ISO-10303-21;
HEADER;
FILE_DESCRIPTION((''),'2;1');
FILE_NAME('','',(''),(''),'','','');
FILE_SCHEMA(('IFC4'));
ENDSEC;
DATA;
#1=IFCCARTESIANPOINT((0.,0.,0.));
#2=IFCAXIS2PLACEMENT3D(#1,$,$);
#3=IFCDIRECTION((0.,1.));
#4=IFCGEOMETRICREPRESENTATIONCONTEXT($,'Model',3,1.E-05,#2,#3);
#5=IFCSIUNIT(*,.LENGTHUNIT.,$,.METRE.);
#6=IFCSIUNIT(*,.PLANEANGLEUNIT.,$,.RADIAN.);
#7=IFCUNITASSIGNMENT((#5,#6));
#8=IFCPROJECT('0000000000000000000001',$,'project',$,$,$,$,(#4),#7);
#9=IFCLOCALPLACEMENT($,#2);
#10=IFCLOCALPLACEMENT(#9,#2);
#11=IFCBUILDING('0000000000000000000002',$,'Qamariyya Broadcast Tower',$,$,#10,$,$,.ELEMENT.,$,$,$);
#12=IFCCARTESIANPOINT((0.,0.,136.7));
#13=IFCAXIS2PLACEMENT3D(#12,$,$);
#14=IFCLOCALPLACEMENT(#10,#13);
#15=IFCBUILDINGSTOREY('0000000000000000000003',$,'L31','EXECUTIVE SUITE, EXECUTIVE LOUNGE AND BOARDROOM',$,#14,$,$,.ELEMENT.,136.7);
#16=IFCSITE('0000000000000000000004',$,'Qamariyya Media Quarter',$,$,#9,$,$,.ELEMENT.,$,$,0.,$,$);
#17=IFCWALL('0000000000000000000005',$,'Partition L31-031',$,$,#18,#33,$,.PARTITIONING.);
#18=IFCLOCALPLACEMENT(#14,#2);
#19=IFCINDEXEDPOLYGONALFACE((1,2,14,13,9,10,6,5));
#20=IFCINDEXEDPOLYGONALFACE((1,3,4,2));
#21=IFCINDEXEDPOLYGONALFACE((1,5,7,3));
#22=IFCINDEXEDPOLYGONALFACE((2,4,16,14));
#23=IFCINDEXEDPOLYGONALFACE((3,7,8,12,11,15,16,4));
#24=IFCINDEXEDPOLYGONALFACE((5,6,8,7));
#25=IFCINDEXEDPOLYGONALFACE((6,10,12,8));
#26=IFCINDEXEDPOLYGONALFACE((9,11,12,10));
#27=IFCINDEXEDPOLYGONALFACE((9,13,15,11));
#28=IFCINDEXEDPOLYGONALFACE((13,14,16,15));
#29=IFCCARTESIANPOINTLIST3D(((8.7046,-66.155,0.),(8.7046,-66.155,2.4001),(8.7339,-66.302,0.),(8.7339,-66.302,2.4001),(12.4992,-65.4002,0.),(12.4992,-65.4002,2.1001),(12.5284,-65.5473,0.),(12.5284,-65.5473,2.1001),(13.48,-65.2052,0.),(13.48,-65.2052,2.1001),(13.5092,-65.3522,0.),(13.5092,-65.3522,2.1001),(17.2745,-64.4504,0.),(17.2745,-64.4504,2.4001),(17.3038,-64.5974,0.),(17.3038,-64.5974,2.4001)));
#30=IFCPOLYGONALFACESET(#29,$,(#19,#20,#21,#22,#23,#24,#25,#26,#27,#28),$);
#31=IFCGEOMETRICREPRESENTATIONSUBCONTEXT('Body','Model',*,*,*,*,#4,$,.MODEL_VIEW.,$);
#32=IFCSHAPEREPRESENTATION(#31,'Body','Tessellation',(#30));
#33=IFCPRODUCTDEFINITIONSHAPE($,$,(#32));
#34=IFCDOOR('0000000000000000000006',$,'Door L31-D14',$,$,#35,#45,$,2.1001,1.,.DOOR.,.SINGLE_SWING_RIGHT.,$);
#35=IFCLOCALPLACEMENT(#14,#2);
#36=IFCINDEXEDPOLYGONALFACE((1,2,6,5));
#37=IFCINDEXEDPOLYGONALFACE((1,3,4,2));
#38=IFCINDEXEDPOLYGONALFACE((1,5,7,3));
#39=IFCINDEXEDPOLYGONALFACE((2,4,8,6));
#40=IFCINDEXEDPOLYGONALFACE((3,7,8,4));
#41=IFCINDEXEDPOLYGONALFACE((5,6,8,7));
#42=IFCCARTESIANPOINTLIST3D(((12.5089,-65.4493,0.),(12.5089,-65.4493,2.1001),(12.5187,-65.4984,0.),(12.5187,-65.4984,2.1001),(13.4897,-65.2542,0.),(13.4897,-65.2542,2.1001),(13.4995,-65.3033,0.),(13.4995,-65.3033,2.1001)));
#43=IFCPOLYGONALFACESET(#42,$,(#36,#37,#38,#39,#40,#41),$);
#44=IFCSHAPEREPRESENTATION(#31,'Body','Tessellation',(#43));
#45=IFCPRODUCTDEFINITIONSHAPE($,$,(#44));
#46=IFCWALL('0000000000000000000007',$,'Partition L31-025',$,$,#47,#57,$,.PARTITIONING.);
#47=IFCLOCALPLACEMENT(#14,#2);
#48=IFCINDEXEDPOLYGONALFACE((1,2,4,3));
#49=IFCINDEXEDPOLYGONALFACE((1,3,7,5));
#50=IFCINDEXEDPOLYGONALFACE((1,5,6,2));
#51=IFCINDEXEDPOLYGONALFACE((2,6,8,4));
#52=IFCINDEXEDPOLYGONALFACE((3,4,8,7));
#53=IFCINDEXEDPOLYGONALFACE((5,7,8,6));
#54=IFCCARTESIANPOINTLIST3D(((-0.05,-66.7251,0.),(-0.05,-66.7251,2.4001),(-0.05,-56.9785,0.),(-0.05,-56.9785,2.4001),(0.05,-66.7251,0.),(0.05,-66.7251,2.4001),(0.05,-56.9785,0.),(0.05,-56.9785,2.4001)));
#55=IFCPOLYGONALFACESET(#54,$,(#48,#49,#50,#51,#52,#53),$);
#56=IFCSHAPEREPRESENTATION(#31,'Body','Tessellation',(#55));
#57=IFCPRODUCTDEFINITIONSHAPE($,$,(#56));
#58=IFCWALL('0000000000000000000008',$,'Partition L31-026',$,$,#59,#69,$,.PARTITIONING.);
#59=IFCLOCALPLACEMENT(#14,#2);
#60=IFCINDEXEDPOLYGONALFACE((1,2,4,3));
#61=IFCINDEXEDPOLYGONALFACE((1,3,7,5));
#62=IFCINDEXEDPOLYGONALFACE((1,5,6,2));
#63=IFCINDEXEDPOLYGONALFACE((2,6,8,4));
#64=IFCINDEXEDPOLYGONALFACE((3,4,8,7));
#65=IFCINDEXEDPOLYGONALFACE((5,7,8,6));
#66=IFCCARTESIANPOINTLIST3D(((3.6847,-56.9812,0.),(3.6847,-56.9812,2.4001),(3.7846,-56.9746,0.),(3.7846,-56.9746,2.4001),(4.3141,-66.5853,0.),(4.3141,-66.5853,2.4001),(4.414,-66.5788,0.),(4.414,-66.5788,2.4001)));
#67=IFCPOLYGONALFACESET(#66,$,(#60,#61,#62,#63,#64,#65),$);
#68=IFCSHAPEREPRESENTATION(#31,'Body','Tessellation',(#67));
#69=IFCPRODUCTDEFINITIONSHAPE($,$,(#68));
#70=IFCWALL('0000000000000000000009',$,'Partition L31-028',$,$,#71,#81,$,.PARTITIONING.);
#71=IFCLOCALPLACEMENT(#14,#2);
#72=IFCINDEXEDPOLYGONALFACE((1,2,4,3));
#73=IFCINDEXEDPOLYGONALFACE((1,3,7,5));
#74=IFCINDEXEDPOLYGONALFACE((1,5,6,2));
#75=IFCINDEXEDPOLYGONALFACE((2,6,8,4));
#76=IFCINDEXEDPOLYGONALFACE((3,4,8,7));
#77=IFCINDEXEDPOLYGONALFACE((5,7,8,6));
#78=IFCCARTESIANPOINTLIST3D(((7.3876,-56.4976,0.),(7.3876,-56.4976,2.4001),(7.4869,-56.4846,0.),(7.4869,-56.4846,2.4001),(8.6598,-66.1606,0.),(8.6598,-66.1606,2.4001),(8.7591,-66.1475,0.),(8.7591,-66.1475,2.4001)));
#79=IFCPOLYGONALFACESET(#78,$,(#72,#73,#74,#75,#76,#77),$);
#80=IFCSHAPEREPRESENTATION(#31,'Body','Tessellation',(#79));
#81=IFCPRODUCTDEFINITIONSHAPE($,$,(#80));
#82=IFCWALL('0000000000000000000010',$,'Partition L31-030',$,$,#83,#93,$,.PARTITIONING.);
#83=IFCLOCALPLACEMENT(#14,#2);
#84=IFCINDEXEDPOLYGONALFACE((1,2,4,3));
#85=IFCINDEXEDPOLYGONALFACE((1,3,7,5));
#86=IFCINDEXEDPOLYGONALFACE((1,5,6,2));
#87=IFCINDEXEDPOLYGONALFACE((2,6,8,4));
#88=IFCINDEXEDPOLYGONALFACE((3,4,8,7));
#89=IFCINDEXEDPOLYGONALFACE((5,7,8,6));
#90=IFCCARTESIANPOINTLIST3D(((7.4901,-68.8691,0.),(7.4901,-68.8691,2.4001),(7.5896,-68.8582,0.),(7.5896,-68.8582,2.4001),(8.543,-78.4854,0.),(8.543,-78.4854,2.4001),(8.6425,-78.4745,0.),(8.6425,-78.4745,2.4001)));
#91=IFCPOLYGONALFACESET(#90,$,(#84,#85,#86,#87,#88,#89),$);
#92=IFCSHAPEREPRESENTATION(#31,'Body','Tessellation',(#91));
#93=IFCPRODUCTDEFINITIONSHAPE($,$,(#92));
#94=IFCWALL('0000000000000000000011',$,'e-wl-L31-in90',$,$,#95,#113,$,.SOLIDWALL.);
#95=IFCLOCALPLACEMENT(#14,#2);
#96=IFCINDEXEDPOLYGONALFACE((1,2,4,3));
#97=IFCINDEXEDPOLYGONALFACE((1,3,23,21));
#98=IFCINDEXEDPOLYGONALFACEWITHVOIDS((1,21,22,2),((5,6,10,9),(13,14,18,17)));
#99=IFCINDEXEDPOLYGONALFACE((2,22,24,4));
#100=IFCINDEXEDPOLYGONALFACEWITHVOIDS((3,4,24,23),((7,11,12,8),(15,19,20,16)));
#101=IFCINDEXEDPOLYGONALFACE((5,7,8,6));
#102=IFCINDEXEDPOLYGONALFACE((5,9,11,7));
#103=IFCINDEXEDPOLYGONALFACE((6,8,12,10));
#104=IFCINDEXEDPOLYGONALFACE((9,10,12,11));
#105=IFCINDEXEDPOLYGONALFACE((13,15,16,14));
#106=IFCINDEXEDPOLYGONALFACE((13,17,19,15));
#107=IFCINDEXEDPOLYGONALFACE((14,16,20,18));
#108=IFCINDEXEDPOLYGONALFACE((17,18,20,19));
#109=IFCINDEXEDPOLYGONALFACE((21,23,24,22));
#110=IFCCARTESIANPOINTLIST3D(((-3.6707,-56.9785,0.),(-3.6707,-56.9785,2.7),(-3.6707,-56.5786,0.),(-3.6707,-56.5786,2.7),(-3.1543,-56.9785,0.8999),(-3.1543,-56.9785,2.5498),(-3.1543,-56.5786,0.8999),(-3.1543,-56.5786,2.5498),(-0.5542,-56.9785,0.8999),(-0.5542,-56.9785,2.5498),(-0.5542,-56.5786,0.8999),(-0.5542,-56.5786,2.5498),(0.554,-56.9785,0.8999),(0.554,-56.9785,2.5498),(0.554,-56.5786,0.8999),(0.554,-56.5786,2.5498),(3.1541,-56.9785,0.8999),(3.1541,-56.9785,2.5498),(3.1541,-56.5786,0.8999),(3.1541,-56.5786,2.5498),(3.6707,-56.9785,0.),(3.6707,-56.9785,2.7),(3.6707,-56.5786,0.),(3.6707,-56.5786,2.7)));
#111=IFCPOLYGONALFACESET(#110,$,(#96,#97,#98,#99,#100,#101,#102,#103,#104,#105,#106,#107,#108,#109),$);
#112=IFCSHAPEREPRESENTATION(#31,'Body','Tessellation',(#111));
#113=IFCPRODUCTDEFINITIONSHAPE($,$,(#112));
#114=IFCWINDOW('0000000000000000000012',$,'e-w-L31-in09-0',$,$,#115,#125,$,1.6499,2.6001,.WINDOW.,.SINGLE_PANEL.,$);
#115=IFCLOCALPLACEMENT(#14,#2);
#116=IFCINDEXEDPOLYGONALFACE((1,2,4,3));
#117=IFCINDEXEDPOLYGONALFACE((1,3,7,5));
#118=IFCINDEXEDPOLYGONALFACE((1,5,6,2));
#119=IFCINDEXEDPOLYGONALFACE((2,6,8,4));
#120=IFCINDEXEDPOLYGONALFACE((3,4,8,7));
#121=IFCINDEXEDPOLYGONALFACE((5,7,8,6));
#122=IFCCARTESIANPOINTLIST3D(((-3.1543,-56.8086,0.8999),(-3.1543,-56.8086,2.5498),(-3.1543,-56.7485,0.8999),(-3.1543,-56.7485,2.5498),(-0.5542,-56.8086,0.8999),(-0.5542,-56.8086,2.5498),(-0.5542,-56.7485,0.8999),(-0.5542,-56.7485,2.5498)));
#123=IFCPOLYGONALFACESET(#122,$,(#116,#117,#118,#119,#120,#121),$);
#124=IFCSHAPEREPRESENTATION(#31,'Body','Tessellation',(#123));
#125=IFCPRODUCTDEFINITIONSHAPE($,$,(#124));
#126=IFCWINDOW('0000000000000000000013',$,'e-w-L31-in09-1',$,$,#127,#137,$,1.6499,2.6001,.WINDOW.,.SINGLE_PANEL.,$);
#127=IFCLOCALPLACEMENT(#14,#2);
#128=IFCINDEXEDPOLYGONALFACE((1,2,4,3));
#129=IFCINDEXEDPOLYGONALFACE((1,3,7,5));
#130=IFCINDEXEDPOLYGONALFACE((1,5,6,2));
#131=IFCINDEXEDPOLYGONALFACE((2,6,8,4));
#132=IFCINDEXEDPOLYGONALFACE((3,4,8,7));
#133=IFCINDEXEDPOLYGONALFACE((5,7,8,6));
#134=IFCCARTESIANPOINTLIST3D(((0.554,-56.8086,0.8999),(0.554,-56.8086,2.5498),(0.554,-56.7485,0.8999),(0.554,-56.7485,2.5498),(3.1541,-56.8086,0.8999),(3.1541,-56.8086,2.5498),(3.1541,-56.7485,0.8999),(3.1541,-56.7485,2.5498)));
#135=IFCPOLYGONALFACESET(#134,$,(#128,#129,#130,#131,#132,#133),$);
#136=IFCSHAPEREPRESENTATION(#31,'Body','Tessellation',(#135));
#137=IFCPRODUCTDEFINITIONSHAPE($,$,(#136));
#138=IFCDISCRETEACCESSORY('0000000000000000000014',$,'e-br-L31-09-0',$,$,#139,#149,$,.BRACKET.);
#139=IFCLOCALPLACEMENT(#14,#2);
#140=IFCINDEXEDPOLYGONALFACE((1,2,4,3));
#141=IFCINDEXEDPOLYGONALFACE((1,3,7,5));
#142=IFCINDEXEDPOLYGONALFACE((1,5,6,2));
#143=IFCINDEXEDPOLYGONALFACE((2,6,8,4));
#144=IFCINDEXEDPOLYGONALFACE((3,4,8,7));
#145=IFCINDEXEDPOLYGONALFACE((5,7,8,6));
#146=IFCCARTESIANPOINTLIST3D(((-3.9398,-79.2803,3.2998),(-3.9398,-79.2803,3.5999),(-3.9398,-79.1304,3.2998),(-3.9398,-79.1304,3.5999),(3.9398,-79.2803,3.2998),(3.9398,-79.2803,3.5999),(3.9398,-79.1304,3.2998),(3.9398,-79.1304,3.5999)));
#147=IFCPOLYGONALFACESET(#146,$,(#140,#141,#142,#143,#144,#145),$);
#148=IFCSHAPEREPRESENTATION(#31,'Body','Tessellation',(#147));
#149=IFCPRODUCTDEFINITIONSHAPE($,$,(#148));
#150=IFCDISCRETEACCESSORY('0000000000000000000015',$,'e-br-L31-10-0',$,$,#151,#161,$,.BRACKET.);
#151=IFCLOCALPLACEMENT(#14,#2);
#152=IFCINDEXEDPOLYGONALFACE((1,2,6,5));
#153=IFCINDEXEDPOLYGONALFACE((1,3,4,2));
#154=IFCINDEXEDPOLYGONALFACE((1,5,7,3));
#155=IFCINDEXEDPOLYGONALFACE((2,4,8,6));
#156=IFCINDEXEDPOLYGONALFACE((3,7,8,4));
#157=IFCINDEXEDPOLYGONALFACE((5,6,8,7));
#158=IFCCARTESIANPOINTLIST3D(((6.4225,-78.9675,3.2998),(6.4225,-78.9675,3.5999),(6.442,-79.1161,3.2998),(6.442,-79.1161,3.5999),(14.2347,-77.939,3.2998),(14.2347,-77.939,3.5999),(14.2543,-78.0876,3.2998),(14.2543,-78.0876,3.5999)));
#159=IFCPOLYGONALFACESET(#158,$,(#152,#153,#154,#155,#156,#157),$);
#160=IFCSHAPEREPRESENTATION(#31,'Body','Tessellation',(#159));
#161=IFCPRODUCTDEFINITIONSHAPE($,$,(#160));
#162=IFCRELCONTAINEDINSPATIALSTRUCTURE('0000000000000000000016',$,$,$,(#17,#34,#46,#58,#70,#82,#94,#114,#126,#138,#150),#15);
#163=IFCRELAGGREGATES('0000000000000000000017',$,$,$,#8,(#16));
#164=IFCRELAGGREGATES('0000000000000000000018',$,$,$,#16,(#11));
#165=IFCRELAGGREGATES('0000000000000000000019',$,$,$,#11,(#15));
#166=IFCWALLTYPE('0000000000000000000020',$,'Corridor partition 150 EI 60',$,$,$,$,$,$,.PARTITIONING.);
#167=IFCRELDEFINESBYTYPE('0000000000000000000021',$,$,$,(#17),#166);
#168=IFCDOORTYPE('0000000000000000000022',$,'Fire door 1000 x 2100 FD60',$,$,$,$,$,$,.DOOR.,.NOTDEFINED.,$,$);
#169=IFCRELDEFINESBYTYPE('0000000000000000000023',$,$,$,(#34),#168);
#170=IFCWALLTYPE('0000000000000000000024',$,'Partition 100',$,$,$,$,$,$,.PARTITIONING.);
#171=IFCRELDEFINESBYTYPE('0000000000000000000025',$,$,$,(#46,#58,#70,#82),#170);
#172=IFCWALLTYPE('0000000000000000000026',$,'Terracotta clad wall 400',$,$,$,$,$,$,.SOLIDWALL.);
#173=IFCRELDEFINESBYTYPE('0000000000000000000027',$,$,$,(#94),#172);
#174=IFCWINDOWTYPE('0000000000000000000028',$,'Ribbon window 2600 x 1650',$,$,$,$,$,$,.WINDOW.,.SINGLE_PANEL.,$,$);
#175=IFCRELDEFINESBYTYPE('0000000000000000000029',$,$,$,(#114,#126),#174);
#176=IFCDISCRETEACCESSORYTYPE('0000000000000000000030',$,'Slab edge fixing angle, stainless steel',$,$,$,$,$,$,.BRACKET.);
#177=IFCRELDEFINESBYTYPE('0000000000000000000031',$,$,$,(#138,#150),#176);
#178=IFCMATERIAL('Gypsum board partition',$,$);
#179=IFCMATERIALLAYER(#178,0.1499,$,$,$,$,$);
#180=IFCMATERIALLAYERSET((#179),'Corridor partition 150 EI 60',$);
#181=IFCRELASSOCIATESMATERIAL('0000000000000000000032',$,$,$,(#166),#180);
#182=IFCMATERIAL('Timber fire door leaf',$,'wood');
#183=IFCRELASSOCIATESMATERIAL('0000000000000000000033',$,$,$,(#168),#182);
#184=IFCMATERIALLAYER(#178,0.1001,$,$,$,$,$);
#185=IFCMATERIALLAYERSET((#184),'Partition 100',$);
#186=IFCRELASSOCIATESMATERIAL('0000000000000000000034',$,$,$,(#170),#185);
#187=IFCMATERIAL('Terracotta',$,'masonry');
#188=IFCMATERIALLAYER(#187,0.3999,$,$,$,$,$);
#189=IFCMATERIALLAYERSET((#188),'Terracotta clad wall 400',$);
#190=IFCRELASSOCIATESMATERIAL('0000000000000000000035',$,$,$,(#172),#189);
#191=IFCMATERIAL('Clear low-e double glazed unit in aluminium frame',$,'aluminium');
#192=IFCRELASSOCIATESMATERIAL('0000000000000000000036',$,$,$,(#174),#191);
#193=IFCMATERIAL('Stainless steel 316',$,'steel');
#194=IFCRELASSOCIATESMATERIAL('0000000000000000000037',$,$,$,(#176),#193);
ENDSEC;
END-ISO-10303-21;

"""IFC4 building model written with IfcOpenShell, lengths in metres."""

from ifc_helpers import new_model, si_unit, direction, frame, frame_2d, origin, origin_2d, place, context, subcontext, project, spatial, rectangle, extrude, material, layer, layer_set, type_object, element, fill, save


model = new_model("IFC4")

# Units and contexts
model_context = context("Model", 3, precision=1e-05, world=origin(), true_north=direction((0.0, 1.0)))
body_context = subcontext(model_context, "Body", "Model", "MODEL_VIEW")
ifc_project = project(units=[si_unit("LENGTHUNIT", "METRE"), si_unit("PLANEANGLEUNIT", "RADIAN")], contexts=[model_context])

# Site, building, storey
site_placement = place(None, origin())
site = spatial("IfcSite", under=ifc_project, at=site_placement, Name="Qamariyya Media Quarter", CompositionType="ELEMENT", RefElevation=0.0)
building_placement = place(site_placement, origin())
building = spatial("IfcBuilding", under=site, at=building_placement, Name="Qamariyya Broadcast Tower", CompositionType="ELEMENT")
storey_placement = place(building_placement, frame((0.0, 0.0, 136.7)))
storey = spatial("IfcBuildingStorey", under=building, at=storey_placement, Name="L31", Description="EXECUTIVE SUITE, EXECUTIVE LOUNGE AND BOARDROOM", CompositionType="ELEMENT", Elevation=136.7)

# Wall, opening, door
ifc_material_1 = material(Name="Gypsum board partition")
ifc_layer_1 = layer(ifc_material_1, 0.1499)
ifc_layer_set_1 = layer_set([ifc_layer_1], Name="Corridor partition 150 EI 60")
wall_type_1 = type_object("IfcWallType", Name="Corridor partition 150 EI 60", PredefinedType="PARTITIONING", material=ifc_layer_set_1)
ifc_material_2 = material(Name="Timber fire door leaf", Category="wood")
door_type_1 = type_object("IfcDoorType", Name="Fire door 1000 x 2100 FD60", OperationType="NOTDEFINED", PredefinedType="DOOR", material=ifc_material_2)
wall_1_placement = place(storey_placement, frame((8.7192, -66.2285, 0.0), z_axis=(0.0, 0.0, 1.0), x_axis=(0.980786, 0.195084, 0.0)))
wall_1 = element("IfcWall", 1, at=wall_1_placement, inside=storey, type_object=wall_type_1, Name="Partition L31-031", PredefinedType="PARTITIONING", context=body_context, shape_type="SweptSolid", body=[
    extrude(rectangle(XDim=8.7378, YDim=0.1499, at=frame_2d((4.3689, 0.0))), origin(), (0.0, 0.0, 1.0), 2.4001),
])
opening_1_placement = place(wall_1_placement, frame((3.8689, 0.0, 0.0)))
opening_1 = element("IfcOpeningElement", 2, at=opening_1_placement, cuts=wall_1, PredefinedType="OPENING", context=body_context, shape_type="SweptSolid", body=[
    extrude(rectangle(XDim=1.0, YDim=2.1001, at=frame_2d((0.5, 1.05))), frame((0.0, 0.085, 0.0), z_axis=(0.0, -1.0, 0.0), x_axis=(1.0, 0.0, 0.0)), (0.0, 0.0, 1.0), 0.1699),
])
door_1_placement = place(opening_1_placement, origin())
door_1 = element("IfcDoor", 3, at=door_1_placement, inside=storey, type_object=door_type_1, Name="Door L31-D14", OperationType="SINGLE_SWING_RIGHT", OverallHeight=2.1001, OverallWidth=1.0, PredefinedType="DOOR", context=body_context, shape_type="SweptSolid", body=[
    extrude(rectangle(XDim=1.0, YDim=2.1001, at=frame_2d((0.5, 1.05))), frame((0.0, 0.0249, 0.0), z_axis=(0.0, -1.0, 0.0), x_axis=(1.0, 0.0, 0.0)), (0.0, 0.0, 1.0), 0.05),
])
fill(opening_1, door_1)

# Walls
ifc_layer_2 = layer(ifc_material_1, 0.1001)
ifc_layer_set_2 = layer_set([ifc_layer_2], Name="Partition 100")
wall_type_2 = type_object("IfcWallType", Name="Partition 100", PredefinedType="PARTITIONING", material=ifc_layer_set_2)
wall_2_placement = place(storey_placement, frame((0.0, -56.9785, 0.0), z_axis=(0.0, 0.0, 1.0), x_axis=(0.0, -1.0, 0.0)))
element("IfcWall", 4, at=wall_2_placement, inside=storey, type_object=wall_type_2, Name="Partition L31-025", PredefinedType="PARTITIONING", context=body_context, shape_type="SweptSolid", body=[
    extrude(rectangle(XDim=9.7466, YDim=0.1001, at=frame_2d((4.8733, 0.0))), origin(), (0.0, 0.0, 1.0), 2.4001),
])
wall_3_placement = place(storey_placement, frame((3.7346, -56.9778, 0.0), z_axis=(0.0, 0.0, 1.0), x_axis=(0.065393, -0.99786, 0.0)))
element("IfcWall", 5, at=wall_3_placement, inside=storey, type_object=wall_type_2, Name="Partition L31-026", PredefinedType="PARTITIONING", context=body_context, shape_type="SweptSolid", body=[
    extrude(rectangle(XDim=9.6248, YDim=0.1001, at=frame_2d((4.8125, 0.0))), origin(), (0.0, 0.0, 1.0), 2.4001),
])
wall_4_placement = place(storey_placement, frame((7.4373, -56.4912, 0.0), z_axis=(0.0, 0.0, 1.0), x_axis=(0.130534, -0.991444, 0.0)))
element("IfcWall", 6, at=wall_4_placement, inside=storey, type_object=wall_type_2, Name="Partition L31-028", PredefinedType="PARTITIONING", context=body_context, shape_type="SweptSolid", body=[
    extrude(rectangle(XDim=9.7463, YDim=0.1001, at=frame_2d((4.873, 0.0))), origin(), (0.0, 0.0, 1.0), 2.4001),
])
wall_5_placement = place(storey_placement, frame((8.5928, -78.48, 0.0), z_axis=(0.0, 0.0, 1.0), x_axis=(-0.108847, 0.994059, 0.0)))
element("IfcWall", 7, at=wall_5_placement, inside=storey, type_object=wall_type_2, Name="Partition L31-030", PredefinedType="PARTITIONING", context=body_context, shape_type="SweptSolid", body=[
    extrude(rectangle(XDim=9.6738, YDim=0.1001, at=frame_2d((4.8369, 0.0))), origin(), (0.0, 0.0, 1.0), 2.4001),
])

# Wall, openings, windows
ifc_material_3 = material(Name="Terracotta", Category="masonry")
ifc_layer_3 = layer(ifc_material_3, 0.3999)
ifc_layer_set_3 = layer_set([ifc_layer_3], Name="Terracotta clad wall 400")
wall_type_3 = type_object("IfcWallType", Name="Terracotta clad wall 400", PredefinedType="SOLIDWALL", material=ifc_layer_set_3)
wall_6_placement = place(storey_placement, frame((3.6707, -56.7786, 0.0), z_axis=(0.0, 0.0, 1.0), x_axis=(-1.0, 0.0, 0.0)))
wall_6 = element("IfcWall", 8, at=wall_6_placement, inside=storey, type_object=wall_type_3, Name="e-wl-L31-in90", PredefinedType="SOLIDWALL", context=body_context, shape_type="SweptSolid", body=[
    extrude(rectangle(XDim=7.3413, YDim=0.3999, at=frame_2d((3.6707, 0.0))), origin(), (0.0, 0.0, 1.0), 2.7),
])
opening_2_placement = place(wall_6_placement, frame((4.2249, 0.0, 0.8999)))
opening_2 = element("IfcOpeningElement", 9, at=opening_2_placement, cuts=wall_6, PredefinedType="OPENING", context=body_context, shape_type="SweptSolid", body=[
    extrude(rectangle(XDim=2.6001, YDim=1.6499, at=frame_2d((1.3, 0.825))), frame((0.0, 0.21, 0.0), z_axis=(0.0, -1.0, 0.0), x_axis=(1.0, 0.0, 0.0)), (0.0, 0.0, 1.0), 0.4199),
])
opening_3_placement = place(wall_6_placement, frame((0.5166, 0.0, 0.8999)))
opening_3 = element("IfcOpeningElement", 10, at=opening_3_placement, cuts=wall_6, PredefinedType="OPENING", context=body_context, shape_type="SweptSolid", body=[
    extrude(rectangle(XDim=2.6001, YDim=1.6499, at=frame_2d((1.3, 0.825))), frame((0.0, 0.21, 0.0), z_axis=(0.0, -1.0, 0.0), x_axis=(1.0, 0.0, 0.0)), (0.0, 0.0, 1.0), 0.4199),
])
ifc_material_4 = material(Name="Clear low-e double glazed unit in aluminium frame", Category="aluminium")
window_type = type_object("IfcWindowType", Name="Ribbon window 2600 x 1650", PartitioningType="SINGLE_PANEL", PredefinedType="WINDOW", material=ifc_material_4)
window_1_placement = place(opening_2_placement, origin())
window_1 = element("IfcWindow", 11, at=window_1_placement, inside=storey, type_object=window_type, Name="e-w-L31-in09-0", OverallHeight=1.6499, OverallWidth=2.6001, PartitioningType="SINGLE_PANEL", PredefinedType="WINDOW", context=body_context, shape_type="SweptSolid", body=[
    extrude(rectangle(XDim=2.6001, YDim=1.6499, at=frame_2d((1.3, 0.825))), frame((0.0, 0.03, 0.0), z_axis=(0.0, -1.0, 0.0), x_axis=(1.0, 0.0, 0.0)), (0.0, 0.0, 1.0), 0.0601),
])
fill(opening_2, window_1)
window_2_placement = place(opening_3_placement, origin())
window_2 = element("IfcWindow", 12, at=window_2_placement, inside=storey, type_object=window_type, Name="e-w-L31-in09-1", OverallHeight=1.6499, OverallWidth=2.6001, PartitioningType="SINGLE_PANEL", PredefinedType="WINDOW", context=body_context, shape_type="SweptSolid", body=[
    extrude(rectangle(XDim=2.6001, YDim=1.6499, at=frame_2d((1.3, 0.825))), frame((0.0, 0.03, 0.0), z_axis=(0.0, -1.0, 0.0), x_axis=(1.0, 0.0, 0.0)), (0.0, 0.0, 1.0), 0.0601),
])
fill(opening_3, window_2)

# Discrete accessories
ifc_material_5 = material(Name="Stainless steel 316", Category="steel")
discrete_accessory_type = type_object("IfcDiscreteAccessoryType", Name="Slab edge fixing angle, stainless steel", PredefinedType="BRACKET", material=ifc_material_5)
for number, where, z_axis, x_axis, name in (
    (13, (0.0, -79.2053, 3.2998), (0.0, 0.0, 1.0), (1.0, 0.0, 0.0), "e-br-L31-09-0"),
    (14, (10.3384, -78.5276, 3.2998), (0.0, 0.0, 1.0), (0.991445, 0.130526, 0.0), "e-br-L31-10-0"),
):
    element("IfcDiscreteAccessory", number, at=place(storey_placement, frame(where, z_axis=z_axis, x_axis=x_axis)), inside=storey, type_object=discrete_accessory_type, Name=name, PredefinedType="BRACKET", context=body_context, shape_type="SweptSolid", body=[
        extrude(rectangle(XDim=7.8796, YDim=0.1499, at=origin_2d()), origin(), (0.0, 0.0, 1.0), 0.3),
    ])

save(model, "model.ifc")
